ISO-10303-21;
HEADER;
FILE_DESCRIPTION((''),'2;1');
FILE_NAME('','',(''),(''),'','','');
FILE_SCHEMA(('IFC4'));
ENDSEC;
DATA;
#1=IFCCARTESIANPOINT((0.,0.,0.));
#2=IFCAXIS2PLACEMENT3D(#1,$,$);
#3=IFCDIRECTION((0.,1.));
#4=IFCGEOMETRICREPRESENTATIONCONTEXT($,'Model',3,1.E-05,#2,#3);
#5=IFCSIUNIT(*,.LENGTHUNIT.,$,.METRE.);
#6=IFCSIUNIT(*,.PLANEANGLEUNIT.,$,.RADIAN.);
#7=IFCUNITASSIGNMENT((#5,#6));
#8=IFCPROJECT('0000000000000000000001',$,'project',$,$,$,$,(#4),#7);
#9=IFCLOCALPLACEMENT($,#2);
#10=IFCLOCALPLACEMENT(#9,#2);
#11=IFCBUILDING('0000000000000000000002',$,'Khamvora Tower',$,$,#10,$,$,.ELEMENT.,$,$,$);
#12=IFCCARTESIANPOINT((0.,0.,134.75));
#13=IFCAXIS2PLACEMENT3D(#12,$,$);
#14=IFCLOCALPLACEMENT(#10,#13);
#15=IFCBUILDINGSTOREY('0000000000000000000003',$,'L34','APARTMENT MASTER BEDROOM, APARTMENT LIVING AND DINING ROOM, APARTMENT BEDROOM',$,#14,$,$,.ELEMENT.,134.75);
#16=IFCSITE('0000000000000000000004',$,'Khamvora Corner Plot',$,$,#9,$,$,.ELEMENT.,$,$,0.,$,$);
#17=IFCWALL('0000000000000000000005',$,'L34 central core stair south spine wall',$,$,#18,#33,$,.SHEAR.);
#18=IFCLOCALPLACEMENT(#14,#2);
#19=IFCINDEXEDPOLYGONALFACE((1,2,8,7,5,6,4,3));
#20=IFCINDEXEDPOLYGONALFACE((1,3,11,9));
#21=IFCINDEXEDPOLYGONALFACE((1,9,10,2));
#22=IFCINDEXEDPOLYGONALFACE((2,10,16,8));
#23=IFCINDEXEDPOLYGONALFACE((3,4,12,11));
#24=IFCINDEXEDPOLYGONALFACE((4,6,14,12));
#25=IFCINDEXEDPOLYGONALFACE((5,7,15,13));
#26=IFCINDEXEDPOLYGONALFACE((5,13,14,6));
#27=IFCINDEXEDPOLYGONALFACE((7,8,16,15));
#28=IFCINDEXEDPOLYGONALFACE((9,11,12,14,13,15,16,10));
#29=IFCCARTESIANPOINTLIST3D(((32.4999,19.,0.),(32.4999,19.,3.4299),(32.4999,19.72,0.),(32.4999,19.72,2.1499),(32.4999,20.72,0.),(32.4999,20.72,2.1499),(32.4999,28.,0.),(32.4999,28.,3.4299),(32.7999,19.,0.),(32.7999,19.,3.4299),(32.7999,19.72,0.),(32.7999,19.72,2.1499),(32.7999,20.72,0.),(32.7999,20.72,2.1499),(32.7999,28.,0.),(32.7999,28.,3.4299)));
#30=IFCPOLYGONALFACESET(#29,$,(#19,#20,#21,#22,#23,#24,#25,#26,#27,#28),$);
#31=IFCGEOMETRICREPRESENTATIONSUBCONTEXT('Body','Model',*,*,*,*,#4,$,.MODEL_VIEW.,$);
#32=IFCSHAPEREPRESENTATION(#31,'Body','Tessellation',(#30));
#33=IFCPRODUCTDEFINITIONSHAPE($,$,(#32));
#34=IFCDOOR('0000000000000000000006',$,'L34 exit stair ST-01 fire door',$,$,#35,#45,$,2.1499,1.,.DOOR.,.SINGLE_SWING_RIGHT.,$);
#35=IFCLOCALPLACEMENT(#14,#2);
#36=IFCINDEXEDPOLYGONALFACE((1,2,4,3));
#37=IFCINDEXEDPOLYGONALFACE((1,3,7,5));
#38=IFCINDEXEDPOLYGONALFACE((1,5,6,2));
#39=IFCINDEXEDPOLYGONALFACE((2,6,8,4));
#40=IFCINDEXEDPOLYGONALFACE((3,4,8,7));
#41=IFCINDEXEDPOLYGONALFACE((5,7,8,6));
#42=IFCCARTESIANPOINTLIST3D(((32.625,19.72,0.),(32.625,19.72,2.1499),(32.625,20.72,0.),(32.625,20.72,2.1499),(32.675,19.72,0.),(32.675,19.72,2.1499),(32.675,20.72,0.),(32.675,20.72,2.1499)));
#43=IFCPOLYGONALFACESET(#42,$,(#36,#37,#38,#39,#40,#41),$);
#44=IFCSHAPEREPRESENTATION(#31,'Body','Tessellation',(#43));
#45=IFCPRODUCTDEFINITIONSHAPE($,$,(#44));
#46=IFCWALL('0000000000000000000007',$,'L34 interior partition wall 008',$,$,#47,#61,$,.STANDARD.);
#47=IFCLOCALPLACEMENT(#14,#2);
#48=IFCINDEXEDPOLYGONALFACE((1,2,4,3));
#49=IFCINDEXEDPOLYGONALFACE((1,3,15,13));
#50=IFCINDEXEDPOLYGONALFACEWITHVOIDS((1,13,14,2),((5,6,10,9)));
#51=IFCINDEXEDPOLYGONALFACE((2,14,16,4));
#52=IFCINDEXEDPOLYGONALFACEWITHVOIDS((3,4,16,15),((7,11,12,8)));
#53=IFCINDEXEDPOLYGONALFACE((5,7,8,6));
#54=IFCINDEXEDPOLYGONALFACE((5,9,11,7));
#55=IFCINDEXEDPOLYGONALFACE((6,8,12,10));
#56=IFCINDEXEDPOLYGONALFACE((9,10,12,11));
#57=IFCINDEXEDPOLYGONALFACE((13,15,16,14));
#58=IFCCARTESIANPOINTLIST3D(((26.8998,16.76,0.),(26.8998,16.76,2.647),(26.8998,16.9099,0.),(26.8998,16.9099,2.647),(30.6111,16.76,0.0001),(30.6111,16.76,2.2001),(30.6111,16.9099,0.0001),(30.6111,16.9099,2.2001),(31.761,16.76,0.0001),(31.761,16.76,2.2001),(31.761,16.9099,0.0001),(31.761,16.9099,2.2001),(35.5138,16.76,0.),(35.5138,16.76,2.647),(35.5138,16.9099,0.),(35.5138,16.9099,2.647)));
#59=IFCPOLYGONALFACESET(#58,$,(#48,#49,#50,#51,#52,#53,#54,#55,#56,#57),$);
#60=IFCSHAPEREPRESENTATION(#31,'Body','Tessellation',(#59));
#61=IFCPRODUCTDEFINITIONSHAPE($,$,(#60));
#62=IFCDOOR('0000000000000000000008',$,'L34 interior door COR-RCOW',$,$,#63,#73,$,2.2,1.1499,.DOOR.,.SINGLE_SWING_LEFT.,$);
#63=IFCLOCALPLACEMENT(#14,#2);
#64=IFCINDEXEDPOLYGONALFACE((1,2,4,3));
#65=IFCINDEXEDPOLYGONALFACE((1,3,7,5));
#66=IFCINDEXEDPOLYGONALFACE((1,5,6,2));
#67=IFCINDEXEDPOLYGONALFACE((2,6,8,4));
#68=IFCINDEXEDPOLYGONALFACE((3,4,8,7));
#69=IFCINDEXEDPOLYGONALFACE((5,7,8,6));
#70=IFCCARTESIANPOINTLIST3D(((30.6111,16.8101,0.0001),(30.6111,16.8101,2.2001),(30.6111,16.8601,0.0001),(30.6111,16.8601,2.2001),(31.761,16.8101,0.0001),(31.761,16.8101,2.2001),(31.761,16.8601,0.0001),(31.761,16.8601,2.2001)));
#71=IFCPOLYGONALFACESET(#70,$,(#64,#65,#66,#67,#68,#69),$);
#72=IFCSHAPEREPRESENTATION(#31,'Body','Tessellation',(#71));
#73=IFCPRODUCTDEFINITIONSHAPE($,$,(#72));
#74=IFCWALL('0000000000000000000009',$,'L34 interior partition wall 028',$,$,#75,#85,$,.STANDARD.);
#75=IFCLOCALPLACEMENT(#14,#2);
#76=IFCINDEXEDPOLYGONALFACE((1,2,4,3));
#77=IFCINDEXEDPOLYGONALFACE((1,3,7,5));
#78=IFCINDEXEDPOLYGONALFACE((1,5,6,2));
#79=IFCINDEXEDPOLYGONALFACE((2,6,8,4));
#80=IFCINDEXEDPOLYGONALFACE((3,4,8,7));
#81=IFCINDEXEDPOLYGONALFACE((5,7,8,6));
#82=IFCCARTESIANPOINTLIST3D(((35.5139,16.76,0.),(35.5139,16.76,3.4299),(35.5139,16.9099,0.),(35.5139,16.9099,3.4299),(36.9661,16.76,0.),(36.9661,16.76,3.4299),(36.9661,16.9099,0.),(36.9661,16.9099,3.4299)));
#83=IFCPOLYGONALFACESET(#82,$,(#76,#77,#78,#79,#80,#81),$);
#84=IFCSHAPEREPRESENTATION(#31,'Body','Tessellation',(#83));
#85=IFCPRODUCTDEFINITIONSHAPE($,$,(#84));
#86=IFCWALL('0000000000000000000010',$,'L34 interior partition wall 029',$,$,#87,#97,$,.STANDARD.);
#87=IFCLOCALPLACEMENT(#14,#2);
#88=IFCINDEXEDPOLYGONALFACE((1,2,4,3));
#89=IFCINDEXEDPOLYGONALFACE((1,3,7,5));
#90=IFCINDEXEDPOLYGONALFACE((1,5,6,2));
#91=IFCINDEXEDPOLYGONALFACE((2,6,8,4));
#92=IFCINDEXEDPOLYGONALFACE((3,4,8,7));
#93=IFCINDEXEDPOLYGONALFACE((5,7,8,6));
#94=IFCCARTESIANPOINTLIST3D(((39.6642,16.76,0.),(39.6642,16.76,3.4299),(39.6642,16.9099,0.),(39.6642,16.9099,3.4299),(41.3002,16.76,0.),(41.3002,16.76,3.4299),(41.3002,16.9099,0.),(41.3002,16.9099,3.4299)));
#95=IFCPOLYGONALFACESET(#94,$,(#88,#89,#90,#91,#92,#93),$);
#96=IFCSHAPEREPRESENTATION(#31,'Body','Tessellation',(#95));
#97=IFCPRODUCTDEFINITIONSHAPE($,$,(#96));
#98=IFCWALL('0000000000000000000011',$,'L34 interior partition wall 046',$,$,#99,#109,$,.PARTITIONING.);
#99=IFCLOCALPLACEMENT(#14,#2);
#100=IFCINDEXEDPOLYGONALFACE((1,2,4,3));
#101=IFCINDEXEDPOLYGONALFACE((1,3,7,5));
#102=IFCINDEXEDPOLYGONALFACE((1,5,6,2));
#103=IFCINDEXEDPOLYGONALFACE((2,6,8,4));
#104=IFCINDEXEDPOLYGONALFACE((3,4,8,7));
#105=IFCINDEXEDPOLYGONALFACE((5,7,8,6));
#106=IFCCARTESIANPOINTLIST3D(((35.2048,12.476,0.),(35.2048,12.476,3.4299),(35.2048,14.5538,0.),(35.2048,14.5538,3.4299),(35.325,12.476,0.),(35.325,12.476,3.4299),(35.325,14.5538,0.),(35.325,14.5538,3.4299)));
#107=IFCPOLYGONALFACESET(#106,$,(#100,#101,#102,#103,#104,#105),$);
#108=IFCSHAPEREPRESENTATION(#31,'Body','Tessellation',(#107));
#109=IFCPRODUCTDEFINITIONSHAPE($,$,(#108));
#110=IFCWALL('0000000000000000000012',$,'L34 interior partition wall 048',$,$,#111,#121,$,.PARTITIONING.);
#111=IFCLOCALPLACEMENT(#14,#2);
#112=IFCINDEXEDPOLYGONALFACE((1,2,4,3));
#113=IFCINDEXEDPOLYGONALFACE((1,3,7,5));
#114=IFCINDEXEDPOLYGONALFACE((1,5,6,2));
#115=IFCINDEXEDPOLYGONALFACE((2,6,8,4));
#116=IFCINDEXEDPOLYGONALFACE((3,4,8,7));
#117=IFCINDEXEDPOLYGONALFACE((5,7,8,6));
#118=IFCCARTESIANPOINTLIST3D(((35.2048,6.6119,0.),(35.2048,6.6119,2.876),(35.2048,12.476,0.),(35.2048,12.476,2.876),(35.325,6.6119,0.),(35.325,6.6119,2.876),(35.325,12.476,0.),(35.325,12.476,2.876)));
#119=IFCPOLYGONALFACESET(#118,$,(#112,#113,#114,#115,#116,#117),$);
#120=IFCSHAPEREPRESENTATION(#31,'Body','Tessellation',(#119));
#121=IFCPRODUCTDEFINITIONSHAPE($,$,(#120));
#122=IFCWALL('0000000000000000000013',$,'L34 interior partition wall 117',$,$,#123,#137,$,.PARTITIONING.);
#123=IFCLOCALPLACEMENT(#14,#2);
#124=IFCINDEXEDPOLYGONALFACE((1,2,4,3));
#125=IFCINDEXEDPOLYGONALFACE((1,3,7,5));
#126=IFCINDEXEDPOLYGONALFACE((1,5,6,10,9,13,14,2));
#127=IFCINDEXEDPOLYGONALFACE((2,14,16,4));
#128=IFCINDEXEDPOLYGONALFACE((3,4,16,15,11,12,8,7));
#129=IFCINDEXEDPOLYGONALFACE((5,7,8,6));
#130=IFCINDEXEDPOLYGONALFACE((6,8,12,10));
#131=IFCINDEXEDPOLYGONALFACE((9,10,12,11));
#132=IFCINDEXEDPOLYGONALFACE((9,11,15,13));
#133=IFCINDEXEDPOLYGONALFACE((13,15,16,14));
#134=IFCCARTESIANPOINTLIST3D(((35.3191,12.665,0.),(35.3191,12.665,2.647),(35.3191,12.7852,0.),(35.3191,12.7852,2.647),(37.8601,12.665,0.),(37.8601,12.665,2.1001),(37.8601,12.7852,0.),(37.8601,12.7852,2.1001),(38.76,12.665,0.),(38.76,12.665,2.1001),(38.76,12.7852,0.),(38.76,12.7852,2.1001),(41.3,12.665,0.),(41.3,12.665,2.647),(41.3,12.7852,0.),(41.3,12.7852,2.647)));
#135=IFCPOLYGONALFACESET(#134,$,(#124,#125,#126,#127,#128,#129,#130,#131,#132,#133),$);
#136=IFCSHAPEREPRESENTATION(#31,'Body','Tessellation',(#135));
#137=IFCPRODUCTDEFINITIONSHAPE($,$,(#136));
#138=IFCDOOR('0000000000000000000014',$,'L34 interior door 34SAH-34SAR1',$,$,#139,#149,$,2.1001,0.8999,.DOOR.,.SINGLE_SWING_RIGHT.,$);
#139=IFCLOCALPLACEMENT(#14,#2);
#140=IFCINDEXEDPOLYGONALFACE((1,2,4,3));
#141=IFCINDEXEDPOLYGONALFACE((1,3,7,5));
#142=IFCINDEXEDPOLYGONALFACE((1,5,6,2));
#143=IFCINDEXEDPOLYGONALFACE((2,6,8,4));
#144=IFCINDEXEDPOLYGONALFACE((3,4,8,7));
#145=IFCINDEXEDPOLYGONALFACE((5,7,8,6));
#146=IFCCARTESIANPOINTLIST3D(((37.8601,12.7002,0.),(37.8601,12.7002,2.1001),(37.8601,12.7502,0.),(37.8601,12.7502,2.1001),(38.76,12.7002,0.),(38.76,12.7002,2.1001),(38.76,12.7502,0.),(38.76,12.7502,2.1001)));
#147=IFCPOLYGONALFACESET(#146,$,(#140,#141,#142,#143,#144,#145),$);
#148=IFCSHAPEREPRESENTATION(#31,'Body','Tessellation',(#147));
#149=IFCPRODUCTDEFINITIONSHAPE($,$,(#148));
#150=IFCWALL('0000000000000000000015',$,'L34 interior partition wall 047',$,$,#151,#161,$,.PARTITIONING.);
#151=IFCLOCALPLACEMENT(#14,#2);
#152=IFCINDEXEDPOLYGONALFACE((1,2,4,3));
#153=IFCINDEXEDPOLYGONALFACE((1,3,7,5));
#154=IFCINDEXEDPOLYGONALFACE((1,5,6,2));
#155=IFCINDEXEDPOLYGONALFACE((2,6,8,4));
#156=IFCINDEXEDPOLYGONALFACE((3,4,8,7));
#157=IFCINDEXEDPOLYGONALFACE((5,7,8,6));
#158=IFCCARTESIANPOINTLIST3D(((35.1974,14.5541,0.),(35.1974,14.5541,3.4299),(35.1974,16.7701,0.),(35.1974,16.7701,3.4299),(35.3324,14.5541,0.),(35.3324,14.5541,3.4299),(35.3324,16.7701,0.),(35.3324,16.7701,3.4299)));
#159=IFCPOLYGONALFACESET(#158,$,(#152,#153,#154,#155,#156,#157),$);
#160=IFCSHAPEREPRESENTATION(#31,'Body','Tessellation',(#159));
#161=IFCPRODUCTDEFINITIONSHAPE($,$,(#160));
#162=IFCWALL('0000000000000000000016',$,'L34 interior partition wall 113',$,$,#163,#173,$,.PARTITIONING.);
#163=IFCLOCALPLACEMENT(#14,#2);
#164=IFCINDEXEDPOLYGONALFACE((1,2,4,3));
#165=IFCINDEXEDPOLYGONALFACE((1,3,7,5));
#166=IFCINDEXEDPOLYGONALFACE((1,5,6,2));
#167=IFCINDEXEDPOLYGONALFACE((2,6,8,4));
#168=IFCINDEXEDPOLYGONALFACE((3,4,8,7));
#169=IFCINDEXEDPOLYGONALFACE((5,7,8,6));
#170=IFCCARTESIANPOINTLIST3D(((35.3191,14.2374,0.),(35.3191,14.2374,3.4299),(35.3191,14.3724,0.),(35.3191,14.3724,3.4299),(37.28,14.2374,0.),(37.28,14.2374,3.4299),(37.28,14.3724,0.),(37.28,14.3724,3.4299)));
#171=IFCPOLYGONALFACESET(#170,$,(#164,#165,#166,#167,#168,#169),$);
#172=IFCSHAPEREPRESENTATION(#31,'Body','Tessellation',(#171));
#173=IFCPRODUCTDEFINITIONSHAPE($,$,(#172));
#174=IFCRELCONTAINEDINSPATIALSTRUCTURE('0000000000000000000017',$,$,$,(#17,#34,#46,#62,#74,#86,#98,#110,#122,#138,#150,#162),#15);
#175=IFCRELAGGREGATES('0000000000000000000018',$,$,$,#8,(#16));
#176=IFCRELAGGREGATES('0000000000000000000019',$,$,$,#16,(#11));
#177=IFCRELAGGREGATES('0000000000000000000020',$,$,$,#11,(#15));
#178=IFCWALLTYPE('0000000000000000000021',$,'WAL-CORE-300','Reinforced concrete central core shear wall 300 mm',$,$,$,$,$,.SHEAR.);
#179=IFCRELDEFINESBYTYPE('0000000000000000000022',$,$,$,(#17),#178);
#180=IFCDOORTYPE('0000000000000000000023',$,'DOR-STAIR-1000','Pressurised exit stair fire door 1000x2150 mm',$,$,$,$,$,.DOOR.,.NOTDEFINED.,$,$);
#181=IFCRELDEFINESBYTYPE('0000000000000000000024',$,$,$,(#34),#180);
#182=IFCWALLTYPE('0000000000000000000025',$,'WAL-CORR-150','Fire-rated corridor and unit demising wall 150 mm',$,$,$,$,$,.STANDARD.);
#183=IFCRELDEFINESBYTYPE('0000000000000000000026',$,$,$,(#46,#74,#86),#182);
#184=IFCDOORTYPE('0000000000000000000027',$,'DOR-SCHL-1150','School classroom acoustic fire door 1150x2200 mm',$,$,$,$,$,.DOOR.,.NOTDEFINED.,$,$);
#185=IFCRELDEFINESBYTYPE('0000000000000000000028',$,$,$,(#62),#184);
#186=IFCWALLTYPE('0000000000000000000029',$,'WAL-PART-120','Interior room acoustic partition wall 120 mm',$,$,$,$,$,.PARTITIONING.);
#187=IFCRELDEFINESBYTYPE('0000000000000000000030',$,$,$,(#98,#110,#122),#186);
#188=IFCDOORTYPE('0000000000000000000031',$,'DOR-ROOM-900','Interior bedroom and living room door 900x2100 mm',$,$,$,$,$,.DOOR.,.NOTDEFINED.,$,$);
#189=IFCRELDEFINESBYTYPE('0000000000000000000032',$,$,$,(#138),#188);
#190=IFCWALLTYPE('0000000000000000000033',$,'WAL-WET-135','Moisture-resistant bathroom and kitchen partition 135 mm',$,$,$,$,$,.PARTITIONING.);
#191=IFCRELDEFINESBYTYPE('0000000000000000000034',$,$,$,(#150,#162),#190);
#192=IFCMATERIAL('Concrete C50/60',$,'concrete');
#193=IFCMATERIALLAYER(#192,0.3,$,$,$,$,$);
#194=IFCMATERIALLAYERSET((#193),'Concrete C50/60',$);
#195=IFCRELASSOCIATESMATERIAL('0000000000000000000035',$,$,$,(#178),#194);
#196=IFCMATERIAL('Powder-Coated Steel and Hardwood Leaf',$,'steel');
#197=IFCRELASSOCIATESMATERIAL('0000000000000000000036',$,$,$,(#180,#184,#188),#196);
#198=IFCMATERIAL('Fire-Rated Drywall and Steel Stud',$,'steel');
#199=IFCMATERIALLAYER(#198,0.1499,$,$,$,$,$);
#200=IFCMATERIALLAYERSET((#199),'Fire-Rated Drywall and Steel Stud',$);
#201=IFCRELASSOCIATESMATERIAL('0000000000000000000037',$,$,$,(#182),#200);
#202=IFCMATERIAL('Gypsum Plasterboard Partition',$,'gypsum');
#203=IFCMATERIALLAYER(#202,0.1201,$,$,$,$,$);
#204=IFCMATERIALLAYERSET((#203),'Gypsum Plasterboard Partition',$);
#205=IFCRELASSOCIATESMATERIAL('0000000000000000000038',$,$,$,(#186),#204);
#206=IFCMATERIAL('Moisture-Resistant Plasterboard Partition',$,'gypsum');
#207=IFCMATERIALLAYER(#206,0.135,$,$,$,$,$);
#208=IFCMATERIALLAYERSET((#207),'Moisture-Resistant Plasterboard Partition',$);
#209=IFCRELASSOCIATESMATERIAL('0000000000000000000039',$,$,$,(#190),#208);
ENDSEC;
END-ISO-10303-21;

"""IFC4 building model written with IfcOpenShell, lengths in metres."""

from ifc_helpers import new_model, si_unit, direction, frame, frame_2d, origin, place, context, subcontext, project, spatial, rectangle, extrude, material, layer, layer_set, type_object, element, fill, save


model = new_model("IFC4")

# Units and contexts
model_context = context("Model", 3, precision=1e-05, world=origin(), true_north=direction((0.0, 1.0)))
body_context = subcontext(model_context, "Body", "Model", "MODEL_VIEW")
ifc_project = project(units=[si_unit("LENGTHUNIT", "METRE"), si_unit("PLANEANGLEUNIT", "RADIAN")], contexts=[model_context])

# Site, building, storey
site_placement = place(None, origin())
site = spatial("IfcSite", under=ifc_project, at=site_placement, Name="Khamvora Corner Plot", CompositionType="ELEMENT", RefElevation=0.0)
building_placement = place(site_placement, origin())
building = spatial("IfcBuilding", under=site, at=building_placement, Name="Khamvora Tower", CompositionType="ELEMENT")
storey_placement = place(building_placement, frame((0.0, 0.0, 134.75)))
storey = spatial("IfcBuildingStorey", under=building, at=storey_placement, Name="L34", Description="APARTMENT MASTER BEDROOM, APARTMENT LIVING AND DINING ROOM, APARTMENT BEDROOM", CompositionType="ELEMENT", Elevation=134.75)

# Walls, openings, doors
ifc_material_1 = material(Name="Concrete C50/60", Category="concrete")
ifc_layer_1 = layer(ifc_material_1, 0.3)
ifc_layer_set_1 = layer_set([ifc_layer_1], Name="Concrete C50/60")
wall_type_1 = type_object("IfcWallType", Name="WAL-CORE-300", Description="Reinforced concrete central core shear wall 300 mm", PredefinedType="SHEAR", material=ifc_layer_set_1)
wall_1_placement = place(storey_placement, frame((32.6499, 19.0, 0.0), z_axis=(0.0, 0.0, 1.0), x_axis=(0.0, 1.0, 0.0)))
wall_1 = element("IfcWall", 1, at=wall_1_placement, inside=storey, type_object=wall_type_1, Name="L34 central core stair south spine wall", PredefinedType="SHEAR", context=body_context, shape_type="SweptSolid", body=[
    extrude(rectangle(XDim=9.0, YDim=0.3, at=frame_2d((4.5, 0.0))), origin(), (0.0, 0.0, 1.0), 3.4299),
])
opening_1_placement = place(wall_1_placement, frame((0.72, 0.0, 0.0)))
opening_1 = element("IfcOpeningElement", 2, at=opening_1_placement, cuts=wall_1, PredefinedType="OPENING", context=body_context, shape_type="SweptSolid", body=[
    extrude(rectangle(XDim=1.0, YDim=2.1499, at=frame_2d((0.5, 1.075))), frame((0.0, 0.1599, 0.0), z_axis=(0.0, -1.0, 0.0), x_axis=(1.0, 0.0, 0.0)), (0.0, 0.0, 1.0), 0.3201),
])
ifc_material_2 = material(Name="Powder-Coated Steel and Hardwood Leaf", Category="steel")
door_type_1 = type_object("IfcDoorType", Name="DOR-STAIR-1000", Description="Pressurised exit stair fire door 1000x2150 mm", OperationType="NOTDEFINED", PredefinedType="DOOR", material=ifc_material_2)
door_1_placement = place(opening_1_placement, origin())
door_1 = element("IfcDoor", 3, at=door_1_placement, inside=storey, type_object=door_type_1, Name="L34 exit stair ST-01 fire door", OperationType="SINGLE_SWING_RIGHT", OverallHeight=2.1499, OverallWidth=1.0, PredefinedType="DOOR", context=body_context, shape_type="SweptSolid", body=[
    extrude(rectangle(XDim=1.0, YDim=2.1499, at=frame_2d((0.5, 1.075))), frame((0.0, 0.0249, 0.0), z_axis=(0.0, -1.0, 0.0), x_axis=(1.0, 0.0, 0.0)), (0.0, 0.0, 1.0), 0.05),
])
fill(opening_1, door_1)
ifc_material_3 = material(Name="Fire-Rated Drywall and Steel Stud", Category="steel")
ifc_layer_2 = layer(ifc_material_3, 0.1499)
ifc_layer_set_2 = layer_set([ifc_layer_2], Name="Fire-Rated Drywall and Steel Stud")
wall_type_2 = type_object("IfcWallType", Name="WAL-CORR-150", Description="Fire-rated corridor and unit demising wall 150 mm", PredefinedType="STANDARD", material=ifc_layer_set_2)
wall_2_placement = place(storey_placement, frame((35.5139, 16.835, 0.0), z_axis=(0.0, 0.0, 1.0), x_axis=(-1.0, 0.0, 0.0)))
wall_2 = element("IfcWall", 4, at=wall_2_placement, inside=storey, type_object=wall_type_2, Name="L34 interior partition wall 008", PredefinedType="STANDARD", context=body_context, shape_type="SweptSolid", body=[
    extrude(rectangle(XDim=8.614, YDim=0.1499, at=frame_2d((4.3071, 0.0))), origin(), (0.0, 0.0, 1.0), 2.647),
])
opening_2_placement = place(wall_2_placement, frame((3.7529, 0.0, 0.0)))
opening_2 = element("IfcOpeningElement", 5, at=opening_2_placement, cuts=wall_2, PredefinedType="OPENING", context=body_context, shape_type="SweptSolid", body=[
    extrude(rectangle(XDim=1.1499, YDim=2.2, at=frame_2d((0.575, 1.1001))), frame((0.0, 0.085, 0.0), z_axis=(0.0, -1.0, 0.0), x_axis=(1.0, 0.0, 0.0)), (0.0, 0.0, 1.0), 0.1699),
])
door_type_2 = type_object("IfcDoorType", Name="DOR-SCHL-1150", Description="School classroom acoustic fire door 1150x2200 mm", OperationType="NOTDEFINED", PredefinedType="DOOR", material=ifc_material_2)
door_2_placement = place(opening_2_placement, origin())
door_2 = element("IfcDoor", 6, at=door_2_placement, inside=storey, type_object=door_type_2, Name="L34 interior door COR-RCOW", OperationType="SINGLE_SWING_LEFT", OverallHeight=2.2, OverallWidth=1.1499, PredefinedType="DOOR", context=body_context, shape_type="SweptSolid", body=[
    extrude(rectangle(XDim=1.1499, YDim=2.2, at=frame_2d((0.575, 1.1001))), frame((0.0, 0.0249, 0.0), z_axis=(0.0, -1.0, 0.0), x_axis=(1.0, 0.0, 0.0)), (0.0, 0.0, 1.0), 0.05),
])
fill(opening_2, door_2)

# Walls
wall_3_placement = place(storey_placement, frame((36.9661, 16.835, 0.0), z_axis=(0.0, 0.0, 1.0), x_axis=(-1.0, 0.0, 0.0)))
element("IfcWall", 7, at=wall_3_placement, inside=storey, type_object=wall_type_2, Name="L34 interior partition wall 028", PredefinedType="STANDARD", context=body_context, shape_type="SweptSolid", body=[
    extrude(rectangle(XDim=1.4521, YDim=0.1499, at=frame_2d((0.7261, 0.0))), origin(), (0.0, 0.0, 1.0), 3.4299),
])
wall_4_placement = place(storey_placement, frame((41.3, 16.835, 0.0), z_axis=(0.0, 0.0, 1.0), x_axis=(-1.0, 0.0, 0.0)))
element("IfcWall", 8, at=wall_4_placement, inside=storey, type_object=wall_type_2, Name="L34 interior partition wall 029", PredefinedType="STANDARD", context=body_context, shape_type="SweptSolid", body=[
    extrude(rectangle(XDim=1.636, YDim=0.1499, at=frame_2d((0.8179, 0.0))), origin(), (0.0, 0.0, 1.0), 3.4299),
])
ifc_material_4 = material(Name="Gypsum Plasterboard Partition", Category="gypsum")
ifc_layer_3 = layer(ifc_material_4, 0.1201)
ifc_layer_set_3 = layer_set([ifc_layer_3], Name="Gypsum Plasterboard Partition")
wall_type_3 = type_object("IfcWallType", Name="WAL-PART-120", Description="Interior room acoustic partition wall 120 mm", PredefinedType="PARTITIONING", material=ifc_layer_set_3)
wall_5_placement = place(storey_placement, frame((35.2649, 14.554, 0.0), z_axis=(0.0, 0.0, 1.0), x_axis=(0.0, -1.0, 0.0)))
element("IfcWall", 9, at=wall_5_placement, inside=storey, type_object=wall_type_3, Name="L34 interior partition wall 046", PredefinedType="PARTITIONING", context=body_context, shape_type="SweptSolid", body=[
    extrude(rectangle(XDim=2.0779, YDim=0.1201, at=frame_2d((1.0391, 0.0))), origin(), (0.0, 0.0, 1.0), 3.4299),
])
wall_6_placement = place(storey_placement, frame((35.2649, 12.4761, 0.0), z_axis=(0.0, 0.0, 1.0), x_axis=(0.0, -1.0, 0.0)))
element("IfcWall", 10, at=wall_6_placement, inside=storey, type_object=wall_type_3, Name="L34 interior partition wall 048", PredefinedType="PARTITIONING", context=body_context, shape_type="SweptSolid", body=[
    extrude(rectangle(XDim=5.864, YDim=0.1201, at=frame_2d((2.9321, 0.0))), origin(), (0.0, 0.0, 1.0), 2.876),
])

# Wall, opening, door
wall_7_placement = place(storey_placement, frame((41.3, 12.7251, 0.0), z_axis=(0.0, 0.0, 1.0), x_axis=(-1.0, 0.0, 0.0)))
wall_7 = element("IfcWall", 11, at=wall_7_placement, inside=storey, type_object=wall_type_3, Name="L34 interior partition wall 117", PredefinedType="PARTITIONING", context=body_context, shape_type="SweptSolid", body=[
    extrude(rectangle(XDim=5.981, YDim=0.1201, at=frame_2d((2.9905, 0.0))), origin(), (0.0, 0.0, 1.0), 2.647),
])
opening_3_placement = place(wall_7_placement, frame((2.54, 0.0, 0.0)))
opening_3 = element("IfcOpeningElement", 12, at=opening_3_placement, cuts=wall_7, PredefinedType="OPENING", context=body_context, shape_type="SweptSolid", body=[
    extrude(rectangle(XDim=0.8999, YDim=2.1001, at=frame_2d((0.45, 1.05))), frame((0.0, 0.0701, 0.0), z_axis=(0.0, -1.0, 0.0), x_axis=(1.0, 0.0, 0.0)), (0.0, 0.0, 1.0), 0.1401),
])
door_type_3 = type_object("IfcDoorType", Name="DOR-ROOM-900", Description="Interior bedroom and living room door 900x2100 mm", OperationType="NOTDEFINED", PredefinedType="DOOR", material=ifc_material_2)
door_3_placement = place(opening_3_placement, origin())
door_3 = element("IfcDoor", 13, at=door_3_placement, inside=storey, type_object=door_type_3, Name="L34 interior door 34SAH-34SAR1", OperationType="SINGLE_SWING_RIGHT", OverallHeight=2.1001, OverallWidth=0.8999, PredefinedType="DOOR", context=body_context, shape_type="SweptSolid", body=[
    extrude(rectangle(XDim=0.8999, YDim=2.1001, at=frame_2d((0.45, 1.05))), frame((0.0, 0.0249, 0.0), z_axis=(0.0, -1.0, 0.0), x_axis=(1.0, 0.0, 0.0)), (0.0, 0.0, 1.0), 0.05),
])
fill(opening_3, door_3)

# Walls
ifc_material_5 = material(Name="Moisture-Resistant Plasterboard Partition", Category="gypsum")
ifc_layer_4 = layer(ifc_material_5, 0.135)
ifc_layer_set_4 = layer_set([ifc_layer_4], Name="Moisture-Resistant Plasterboard Partition")
wall_type_4 = type_object("IfcWallType", Name="WAL-WET-135", Description="Moisture-resistant bathroom and kitchen partition 135 mm", PredefinedType="PARTITIONING", material=ifc_layer_set_4)
wall_8_placement = place(storey_placement, frame((35.2649, 16.77, 0.0), z_axis=(0.0, 0.0, 1.0), x_axis=(0.0, -1.0, 0.0)))
element("IfcWall", 14, at=wall_8_placement, inside=storey, type_object=wall_type_4, Name="L34 interior partition wall 047", PredefinedType="PARTITIONING", context=body_context, shape_type="SweptSolid", body=[
    extrude(rectangle(XDim=2.2161, YDim=0.135, at=frame_2d((1.1079, 0.0))), origin(), (0.0, 0.0, 1.0), 3.4299),
])
wall_9_placement = place(storey_placement, frame((35.3191, 14.3049, 0.0), z_axis=(0.0, 0.0, 1.0), x_axis=(1.0, 0.0, 0.0)))
element("IfcWall", 15, at=wall_9_placement, inside=storey, type_object=wall_type_4, Name="L34 interior partition wall 113", PredefinedType="PARTITIONING", context=body_context, shape_type="SweptSolid", body=[
    extrude(rectangle(XDim=1.9609, YDim=0.135, at=frame_2d((0.9805, 0.0))), origin(), (0.0, 0.0, 1.0), 3.4299),
])

save(model, "model.ifc")
